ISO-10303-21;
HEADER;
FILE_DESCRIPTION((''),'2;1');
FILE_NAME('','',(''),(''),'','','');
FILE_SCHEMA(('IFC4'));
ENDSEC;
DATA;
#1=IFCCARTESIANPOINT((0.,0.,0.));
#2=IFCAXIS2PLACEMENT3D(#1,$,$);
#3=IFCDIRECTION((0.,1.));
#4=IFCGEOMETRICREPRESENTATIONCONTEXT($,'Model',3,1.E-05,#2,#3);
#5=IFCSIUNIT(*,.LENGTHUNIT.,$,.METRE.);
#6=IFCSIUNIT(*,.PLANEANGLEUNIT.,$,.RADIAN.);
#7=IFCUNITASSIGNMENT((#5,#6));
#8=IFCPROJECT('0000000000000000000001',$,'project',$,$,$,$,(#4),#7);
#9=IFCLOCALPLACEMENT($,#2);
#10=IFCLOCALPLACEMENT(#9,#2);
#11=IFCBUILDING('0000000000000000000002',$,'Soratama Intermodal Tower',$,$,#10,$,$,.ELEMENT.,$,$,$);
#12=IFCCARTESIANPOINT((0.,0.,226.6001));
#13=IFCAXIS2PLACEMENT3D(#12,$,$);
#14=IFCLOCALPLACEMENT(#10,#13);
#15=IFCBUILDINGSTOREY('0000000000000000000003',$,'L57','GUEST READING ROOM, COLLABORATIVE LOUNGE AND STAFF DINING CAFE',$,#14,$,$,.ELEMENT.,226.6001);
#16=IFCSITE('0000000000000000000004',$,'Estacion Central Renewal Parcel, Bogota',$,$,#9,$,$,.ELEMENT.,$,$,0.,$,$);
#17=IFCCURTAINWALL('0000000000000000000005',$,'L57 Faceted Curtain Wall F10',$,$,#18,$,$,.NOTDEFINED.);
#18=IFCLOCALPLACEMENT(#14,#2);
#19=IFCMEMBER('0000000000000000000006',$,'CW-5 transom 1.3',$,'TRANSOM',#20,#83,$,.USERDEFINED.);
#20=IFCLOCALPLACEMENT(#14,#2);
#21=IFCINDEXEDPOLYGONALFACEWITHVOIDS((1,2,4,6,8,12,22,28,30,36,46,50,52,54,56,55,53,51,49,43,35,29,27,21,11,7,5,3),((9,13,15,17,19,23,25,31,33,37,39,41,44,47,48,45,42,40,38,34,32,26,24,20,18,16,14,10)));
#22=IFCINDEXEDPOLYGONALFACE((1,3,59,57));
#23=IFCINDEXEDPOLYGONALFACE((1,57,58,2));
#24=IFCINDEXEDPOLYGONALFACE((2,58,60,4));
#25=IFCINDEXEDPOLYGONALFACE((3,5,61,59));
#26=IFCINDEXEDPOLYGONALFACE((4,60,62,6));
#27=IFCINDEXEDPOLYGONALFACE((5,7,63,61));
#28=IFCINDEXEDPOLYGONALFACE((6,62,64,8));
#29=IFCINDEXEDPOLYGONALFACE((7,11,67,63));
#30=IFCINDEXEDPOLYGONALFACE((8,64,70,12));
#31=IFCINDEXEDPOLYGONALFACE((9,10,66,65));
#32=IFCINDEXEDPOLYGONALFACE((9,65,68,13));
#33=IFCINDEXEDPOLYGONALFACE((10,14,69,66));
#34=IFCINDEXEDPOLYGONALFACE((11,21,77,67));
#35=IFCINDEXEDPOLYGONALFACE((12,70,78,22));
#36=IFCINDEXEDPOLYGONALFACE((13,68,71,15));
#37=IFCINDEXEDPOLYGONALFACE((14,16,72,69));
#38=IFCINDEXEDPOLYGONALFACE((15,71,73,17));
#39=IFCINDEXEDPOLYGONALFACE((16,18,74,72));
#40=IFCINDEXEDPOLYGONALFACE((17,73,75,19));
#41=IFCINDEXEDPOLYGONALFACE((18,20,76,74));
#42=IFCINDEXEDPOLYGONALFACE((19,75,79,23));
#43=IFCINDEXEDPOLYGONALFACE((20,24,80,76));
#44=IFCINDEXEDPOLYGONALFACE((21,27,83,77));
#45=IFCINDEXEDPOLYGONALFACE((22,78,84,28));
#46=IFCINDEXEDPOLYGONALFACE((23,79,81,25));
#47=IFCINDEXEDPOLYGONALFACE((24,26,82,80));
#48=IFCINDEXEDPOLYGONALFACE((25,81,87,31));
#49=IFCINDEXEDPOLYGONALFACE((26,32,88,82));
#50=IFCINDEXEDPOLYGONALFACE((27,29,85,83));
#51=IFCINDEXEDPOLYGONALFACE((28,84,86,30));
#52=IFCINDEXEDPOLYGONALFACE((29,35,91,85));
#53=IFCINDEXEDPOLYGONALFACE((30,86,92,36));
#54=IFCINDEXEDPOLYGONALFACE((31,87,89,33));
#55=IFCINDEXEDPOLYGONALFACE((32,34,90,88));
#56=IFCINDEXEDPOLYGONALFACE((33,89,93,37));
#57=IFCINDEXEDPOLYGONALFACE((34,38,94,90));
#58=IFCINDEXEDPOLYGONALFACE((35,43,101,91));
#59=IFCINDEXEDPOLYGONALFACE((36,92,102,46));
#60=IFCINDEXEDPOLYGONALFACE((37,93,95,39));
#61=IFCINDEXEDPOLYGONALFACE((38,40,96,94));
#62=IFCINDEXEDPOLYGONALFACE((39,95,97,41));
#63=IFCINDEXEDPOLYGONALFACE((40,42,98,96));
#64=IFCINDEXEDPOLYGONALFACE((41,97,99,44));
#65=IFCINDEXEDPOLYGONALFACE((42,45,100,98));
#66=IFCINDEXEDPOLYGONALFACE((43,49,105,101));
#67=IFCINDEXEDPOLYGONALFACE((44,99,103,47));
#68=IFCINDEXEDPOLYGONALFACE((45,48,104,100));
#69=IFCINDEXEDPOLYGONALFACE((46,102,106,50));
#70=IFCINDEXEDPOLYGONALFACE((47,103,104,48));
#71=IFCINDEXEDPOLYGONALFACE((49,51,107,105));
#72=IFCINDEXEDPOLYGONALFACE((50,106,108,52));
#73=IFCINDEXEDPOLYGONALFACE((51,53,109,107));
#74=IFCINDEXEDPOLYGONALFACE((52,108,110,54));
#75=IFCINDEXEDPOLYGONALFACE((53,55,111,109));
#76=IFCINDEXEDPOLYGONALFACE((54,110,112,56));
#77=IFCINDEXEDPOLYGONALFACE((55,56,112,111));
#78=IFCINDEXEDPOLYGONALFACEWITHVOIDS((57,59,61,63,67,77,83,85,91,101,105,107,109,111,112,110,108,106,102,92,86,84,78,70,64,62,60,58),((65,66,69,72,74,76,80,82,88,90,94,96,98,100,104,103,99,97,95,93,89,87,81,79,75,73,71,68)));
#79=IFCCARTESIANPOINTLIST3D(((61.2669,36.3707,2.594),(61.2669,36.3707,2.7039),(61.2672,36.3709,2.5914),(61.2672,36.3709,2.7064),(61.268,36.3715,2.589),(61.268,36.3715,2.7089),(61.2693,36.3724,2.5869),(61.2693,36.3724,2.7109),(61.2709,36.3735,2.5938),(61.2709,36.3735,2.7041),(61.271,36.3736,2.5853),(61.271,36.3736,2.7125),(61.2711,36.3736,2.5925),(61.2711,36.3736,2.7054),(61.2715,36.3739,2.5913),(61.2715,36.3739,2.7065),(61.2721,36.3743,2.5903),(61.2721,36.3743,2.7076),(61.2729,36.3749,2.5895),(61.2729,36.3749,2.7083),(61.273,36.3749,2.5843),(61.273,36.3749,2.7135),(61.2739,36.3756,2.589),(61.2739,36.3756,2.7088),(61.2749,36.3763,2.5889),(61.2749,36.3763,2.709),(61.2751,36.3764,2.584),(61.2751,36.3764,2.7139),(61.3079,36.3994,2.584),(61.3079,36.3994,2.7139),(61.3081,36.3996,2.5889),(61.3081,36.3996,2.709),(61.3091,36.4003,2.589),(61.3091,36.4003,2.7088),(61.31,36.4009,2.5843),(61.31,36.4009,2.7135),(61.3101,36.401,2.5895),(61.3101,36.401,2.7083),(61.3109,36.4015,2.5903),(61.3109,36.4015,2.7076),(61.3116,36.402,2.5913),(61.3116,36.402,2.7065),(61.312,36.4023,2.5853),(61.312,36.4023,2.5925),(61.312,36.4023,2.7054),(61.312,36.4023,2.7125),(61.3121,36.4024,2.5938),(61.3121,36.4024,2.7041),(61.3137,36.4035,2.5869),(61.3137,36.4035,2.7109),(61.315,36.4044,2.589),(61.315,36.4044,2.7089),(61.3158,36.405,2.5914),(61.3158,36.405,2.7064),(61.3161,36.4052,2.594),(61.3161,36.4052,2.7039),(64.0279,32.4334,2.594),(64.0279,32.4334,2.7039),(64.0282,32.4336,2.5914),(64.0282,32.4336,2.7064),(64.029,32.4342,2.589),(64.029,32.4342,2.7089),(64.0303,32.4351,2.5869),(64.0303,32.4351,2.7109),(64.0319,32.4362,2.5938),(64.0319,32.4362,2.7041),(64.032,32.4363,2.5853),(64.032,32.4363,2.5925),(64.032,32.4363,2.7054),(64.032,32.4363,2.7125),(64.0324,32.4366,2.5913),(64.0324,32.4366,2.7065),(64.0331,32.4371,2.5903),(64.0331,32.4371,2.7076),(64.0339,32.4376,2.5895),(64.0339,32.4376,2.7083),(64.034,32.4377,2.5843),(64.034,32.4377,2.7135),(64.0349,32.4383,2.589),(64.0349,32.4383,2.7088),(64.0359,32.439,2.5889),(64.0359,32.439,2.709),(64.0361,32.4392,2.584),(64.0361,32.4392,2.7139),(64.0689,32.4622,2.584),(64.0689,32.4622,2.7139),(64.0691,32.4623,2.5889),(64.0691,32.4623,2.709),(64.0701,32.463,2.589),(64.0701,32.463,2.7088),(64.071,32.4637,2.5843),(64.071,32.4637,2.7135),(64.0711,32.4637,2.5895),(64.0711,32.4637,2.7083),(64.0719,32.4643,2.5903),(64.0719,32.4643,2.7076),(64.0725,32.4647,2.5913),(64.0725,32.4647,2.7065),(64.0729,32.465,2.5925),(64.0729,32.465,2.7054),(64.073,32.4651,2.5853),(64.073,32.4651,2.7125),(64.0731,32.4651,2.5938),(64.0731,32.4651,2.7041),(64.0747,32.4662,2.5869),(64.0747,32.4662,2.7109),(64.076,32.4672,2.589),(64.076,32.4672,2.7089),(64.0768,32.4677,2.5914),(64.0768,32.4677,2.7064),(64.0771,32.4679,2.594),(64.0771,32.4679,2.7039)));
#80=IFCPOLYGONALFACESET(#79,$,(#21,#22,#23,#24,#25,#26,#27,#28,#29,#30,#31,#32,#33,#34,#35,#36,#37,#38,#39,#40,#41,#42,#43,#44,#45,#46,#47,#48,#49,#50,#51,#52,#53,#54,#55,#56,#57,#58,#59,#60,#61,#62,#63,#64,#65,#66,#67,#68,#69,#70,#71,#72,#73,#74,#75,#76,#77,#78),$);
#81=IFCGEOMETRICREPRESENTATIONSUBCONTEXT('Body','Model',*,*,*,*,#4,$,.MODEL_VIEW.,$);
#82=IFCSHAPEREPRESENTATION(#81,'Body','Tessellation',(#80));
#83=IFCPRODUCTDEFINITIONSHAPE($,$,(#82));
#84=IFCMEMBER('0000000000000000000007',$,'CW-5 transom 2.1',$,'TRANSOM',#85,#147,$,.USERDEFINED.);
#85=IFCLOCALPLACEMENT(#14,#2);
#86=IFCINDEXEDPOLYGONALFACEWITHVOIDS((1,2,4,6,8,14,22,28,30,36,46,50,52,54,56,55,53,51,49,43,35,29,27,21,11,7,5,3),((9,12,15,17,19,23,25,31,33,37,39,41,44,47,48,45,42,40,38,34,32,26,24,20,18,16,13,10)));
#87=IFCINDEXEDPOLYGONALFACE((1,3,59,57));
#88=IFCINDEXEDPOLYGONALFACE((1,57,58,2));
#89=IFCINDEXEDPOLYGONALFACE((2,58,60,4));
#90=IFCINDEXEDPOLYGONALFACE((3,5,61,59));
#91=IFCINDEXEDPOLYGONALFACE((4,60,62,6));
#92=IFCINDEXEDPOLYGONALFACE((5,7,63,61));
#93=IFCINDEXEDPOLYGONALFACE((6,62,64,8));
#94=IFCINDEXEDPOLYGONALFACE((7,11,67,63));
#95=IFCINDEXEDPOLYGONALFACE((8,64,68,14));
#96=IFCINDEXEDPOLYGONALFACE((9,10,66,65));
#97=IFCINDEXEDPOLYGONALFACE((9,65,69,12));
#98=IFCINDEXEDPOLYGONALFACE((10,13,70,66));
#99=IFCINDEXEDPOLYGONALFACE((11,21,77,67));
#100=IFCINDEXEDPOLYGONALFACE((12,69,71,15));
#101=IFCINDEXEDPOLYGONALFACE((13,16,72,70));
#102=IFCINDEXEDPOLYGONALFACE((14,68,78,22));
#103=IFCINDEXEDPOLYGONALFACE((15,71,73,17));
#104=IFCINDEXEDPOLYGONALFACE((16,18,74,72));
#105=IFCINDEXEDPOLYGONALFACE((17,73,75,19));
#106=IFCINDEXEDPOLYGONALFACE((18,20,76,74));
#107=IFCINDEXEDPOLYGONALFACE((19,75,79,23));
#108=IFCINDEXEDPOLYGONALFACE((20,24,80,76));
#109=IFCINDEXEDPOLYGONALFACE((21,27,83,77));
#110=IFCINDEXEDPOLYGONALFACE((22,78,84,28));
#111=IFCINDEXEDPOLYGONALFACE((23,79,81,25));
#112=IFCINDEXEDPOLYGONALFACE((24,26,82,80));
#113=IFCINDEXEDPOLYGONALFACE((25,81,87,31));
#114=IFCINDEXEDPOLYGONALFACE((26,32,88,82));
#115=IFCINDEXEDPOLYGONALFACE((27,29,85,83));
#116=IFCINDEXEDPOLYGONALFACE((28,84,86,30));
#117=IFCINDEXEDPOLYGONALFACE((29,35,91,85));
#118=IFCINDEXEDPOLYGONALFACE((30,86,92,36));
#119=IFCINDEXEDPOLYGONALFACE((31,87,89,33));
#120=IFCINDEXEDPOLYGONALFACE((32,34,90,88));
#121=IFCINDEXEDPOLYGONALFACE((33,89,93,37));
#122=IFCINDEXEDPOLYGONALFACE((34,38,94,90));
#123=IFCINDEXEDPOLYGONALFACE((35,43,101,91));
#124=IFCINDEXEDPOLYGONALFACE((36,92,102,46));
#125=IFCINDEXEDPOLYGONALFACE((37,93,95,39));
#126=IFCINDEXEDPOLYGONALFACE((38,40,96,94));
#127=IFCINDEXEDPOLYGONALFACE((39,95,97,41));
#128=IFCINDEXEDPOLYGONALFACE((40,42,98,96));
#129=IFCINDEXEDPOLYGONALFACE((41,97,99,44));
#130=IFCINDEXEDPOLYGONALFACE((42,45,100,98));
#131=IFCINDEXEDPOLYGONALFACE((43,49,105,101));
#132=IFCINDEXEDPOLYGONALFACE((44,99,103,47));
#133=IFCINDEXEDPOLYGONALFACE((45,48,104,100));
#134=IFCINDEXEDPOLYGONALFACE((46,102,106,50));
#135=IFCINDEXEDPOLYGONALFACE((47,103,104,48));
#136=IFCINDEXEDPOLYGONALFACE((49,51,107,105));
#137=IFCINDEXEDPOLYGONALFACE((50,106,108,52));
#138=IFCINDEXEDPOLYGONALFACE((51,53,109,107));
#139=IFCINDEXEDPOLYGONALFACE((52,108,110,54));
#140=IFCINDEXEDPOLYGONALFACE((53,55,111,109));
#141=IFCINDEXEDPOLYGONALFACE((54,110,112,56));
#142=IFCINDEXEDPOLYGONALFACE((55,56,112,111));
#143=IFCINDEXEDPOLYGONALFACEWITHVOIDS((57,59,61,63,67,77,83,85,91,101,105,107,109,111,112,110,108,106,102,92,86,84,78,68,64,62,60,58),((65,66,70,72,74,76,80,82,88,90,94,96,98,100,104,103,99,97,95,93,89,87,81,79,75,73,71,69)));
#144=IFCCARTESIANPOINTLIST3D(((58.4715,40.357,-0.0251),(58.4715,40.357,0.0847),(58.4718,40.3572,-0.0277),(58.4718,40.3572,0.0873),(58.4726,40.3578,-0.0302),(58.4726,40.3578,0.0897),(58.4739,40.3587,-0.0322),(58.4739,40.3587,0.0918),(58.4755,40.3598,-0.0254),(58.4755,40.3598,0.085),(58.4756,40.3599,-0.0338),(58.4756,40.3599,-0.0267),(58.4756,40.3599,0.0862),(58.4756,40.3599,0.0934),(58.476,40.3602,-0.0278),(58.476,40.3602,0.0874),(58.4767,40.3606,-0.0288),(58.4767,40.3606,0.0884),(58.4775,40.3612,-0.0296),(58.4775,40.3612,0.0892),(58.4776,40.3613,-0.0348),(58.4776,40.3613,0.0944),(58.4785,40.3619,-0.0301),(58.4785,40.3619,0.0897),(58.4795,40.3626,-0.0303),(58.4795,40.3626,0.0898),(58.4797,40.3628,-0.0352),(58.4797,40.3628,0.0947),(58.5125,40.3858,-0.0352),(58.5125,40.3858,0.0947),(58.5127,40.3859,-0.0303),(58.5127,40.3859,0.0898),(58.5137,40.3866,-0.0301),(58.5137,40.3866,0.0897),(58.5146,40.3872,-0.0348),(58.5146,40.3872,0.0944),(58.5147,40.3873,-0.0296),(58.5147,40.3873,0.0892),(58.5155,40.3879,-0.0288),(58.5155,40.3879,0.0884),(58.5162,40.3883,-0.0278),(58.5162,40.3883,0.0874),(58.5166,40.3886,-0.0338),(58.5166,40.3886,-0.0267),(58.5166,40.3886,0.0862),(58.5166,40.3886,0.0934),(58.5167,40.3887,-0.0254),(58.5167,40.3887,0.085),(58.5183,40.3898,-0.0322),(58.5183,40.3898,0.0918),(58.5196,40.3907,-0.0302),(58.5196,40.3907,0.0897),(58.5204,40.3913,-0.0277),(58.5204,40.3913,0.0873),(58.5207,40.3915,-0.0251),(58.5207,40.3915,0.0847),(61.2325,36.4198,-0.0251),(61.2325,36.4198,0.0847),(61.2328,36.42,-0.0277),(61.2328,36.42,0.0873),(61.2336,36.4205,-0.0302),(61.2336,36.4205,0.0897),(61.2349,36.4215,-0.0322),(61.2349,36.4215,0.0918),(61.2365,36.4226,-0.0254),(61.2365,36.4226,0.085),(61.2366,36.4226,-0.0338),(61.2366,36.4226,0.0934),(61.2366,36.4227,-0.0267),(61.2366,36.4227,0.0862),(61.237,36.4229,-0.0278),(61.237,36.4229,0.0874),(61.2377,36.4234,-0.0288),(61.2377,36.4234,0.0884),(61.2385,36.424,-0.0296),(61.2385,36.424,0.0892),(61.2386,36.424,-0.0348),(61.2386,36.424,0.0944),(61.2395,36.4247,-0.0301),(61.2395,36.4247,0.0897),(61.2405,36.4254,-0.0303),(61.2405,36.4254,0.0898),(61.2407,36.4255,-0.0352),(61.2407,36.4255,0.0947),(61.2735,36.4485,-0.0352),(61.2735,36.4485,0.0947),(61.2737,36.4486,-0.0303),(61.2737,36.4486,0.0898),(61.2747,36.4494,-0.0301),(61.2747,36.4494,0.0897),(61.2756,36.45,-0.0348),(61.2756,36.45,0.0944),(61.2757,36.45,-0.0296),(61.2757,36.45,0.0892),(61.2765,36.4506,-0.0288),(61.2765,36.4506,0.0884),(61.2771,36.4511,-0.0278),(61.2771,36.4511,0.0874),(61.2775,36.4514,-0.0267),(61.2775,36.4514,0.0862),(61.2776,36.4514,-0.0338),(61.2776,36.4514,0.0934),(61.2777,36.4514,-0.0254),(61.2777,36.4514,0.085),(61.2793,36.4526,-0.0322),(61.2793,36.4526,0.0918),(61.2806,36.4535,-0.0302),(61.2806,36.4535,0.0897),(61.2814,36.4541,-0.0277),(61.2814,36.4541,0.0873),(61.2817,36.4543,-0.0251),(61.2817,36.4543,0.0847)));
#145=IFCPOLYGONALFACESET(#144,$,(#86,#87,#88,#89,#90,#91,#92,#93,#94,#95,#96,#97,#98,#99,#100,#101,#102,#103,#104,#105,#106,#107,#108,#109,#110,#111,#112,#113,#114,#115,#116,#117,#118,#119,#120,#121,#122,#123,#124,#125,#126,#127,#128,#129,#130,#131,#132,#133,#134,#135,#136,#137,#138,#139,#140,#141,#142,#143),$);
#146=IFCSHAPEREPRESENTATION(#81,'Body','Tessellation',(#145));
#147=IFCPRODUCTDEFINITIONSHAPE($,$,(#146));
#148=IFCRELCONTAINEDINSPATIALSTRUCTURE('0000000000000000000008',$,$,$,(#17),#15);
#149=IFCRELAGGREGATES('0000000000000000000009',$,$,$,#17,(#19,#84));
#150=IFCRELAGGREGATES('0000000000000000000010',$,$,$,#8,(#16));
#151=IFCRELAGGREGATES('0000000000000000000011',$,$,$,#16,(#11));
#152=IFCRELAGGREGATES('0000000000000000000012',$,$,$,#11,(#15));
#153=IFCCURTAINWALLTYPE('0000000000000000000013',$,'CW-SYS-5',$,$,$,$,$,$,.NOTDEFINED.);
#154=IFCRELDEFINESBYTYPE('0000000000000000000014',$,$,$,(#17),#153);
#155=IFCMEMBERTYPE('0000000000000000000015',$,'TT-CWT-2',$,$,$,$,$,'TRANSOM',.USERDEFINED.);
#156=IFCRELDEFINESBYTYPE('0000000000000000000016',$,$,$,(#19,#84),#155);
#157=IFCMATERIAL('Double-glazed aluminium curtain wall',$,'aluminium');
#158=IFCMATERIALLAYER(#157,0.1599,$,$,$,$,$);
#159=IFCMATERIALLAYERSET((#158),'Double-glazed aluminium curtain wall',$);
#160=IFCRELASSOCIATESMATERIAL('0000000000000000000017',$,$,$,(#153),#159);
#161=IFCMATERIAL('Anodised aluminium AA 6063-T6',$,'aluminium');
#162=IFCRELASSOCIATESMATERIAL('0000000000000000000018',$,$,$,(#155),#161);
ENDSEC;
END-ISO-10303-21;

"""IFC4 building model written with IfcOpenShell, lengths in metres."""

from ifc_helpers import new_model, si_unit, direction, frame, origin, origin_2d, place, context, subcontext, project, spatial, hollow_rectangle, extrude, material, layer, layer_set, material_profile, profile_set, type_object, element, aggregate, save


model = new_model("IFC4")

# Units and contexts
model_context = context("Model", 3, precision=1e-05, world=origin(), true_north=direction((0.0, 1.0)))
body_context = subcontext(model_context, "Body", "Model", "MODEL_VIEW")
ifc_project = project(units=[si_unit("LENGTHUNIT", "METRE"), si_unit("PLANEANGLEUNIT", "RADIAN")], contexts=[model_context])

# Site, building, storey
site_placement = place(None, origin())
site = spatial("IfcSite", under=ifc_project, at=site_placement, Name="Estacion Central Renewal Parcel, Bogota", CompositionType="ELEMENT", RefElevation=0.0)
building_placement = place(site_placement, origin())
building = spatial("IfcBuilding", under=site, at=building_placement, Name="Soratama Intermodal Tower", CompositionType="ELEMENT")
storey_placement = place(building_placement, frame((0.0, 0.0, 226.6001)))
storey = spatial("IfcBuildingStorey", under=building, at=storey_placement, Name="L57", Description="GUEST READING ROOM, COLLABORATIVE LOUNGE AND STAFF DINING CAFE", CompositionType="ELEMENT", Elevation=226.6001)

# Curtain wall, members
ifc_material_1 = material(Name="Double-glazed aluminium curtain wall", Category="aluminium")
ifc_layer_1 = layer(ifc_material_1, 0.1599)
ifc_layer_set_1 = layer_set([ifc_layer_1], Name="Double-glazed aluminium curtain wall")
curtain_wall_type = type_object("IfcCurtainWallType", Name="CW-SYS-5", PredefinedType="NOTDEFINED", material=ifc_layer_set_1)
curtain_wall_placement = place(storey_placement, origin())
curtain_wall = element("IfcCurtainWall", 1, at=curtain_wall_placement, inside=storey, type_object=curtain_wall_type, Name="L57 Faceted Curtain Wall F10", PredefinedType="NOTDEFINED")
ifc_material_2 = material(Name="Anodised aluminium AA 6063-T6", Category="aluminium")
ifc_material_profile_1 = material_profile(ifc_material_2, hollow_rectangle(XDim=0.0601, YDim=0.1299, WallThickness=0.0049, InnerFilletRadius=0.0049, OuterFilletRadius=0.01, at=origin_2d()), Name="CWT130X60X5")
ifc_profile_set_1 = profile_set([ifc_material_profile_1], Name="Anodised aluminium AA 6063-T6")
member_type_1 = type_object("IfcMemberType", Name="TT-CWT-2", ElementType="TRANSOM", PredefinedType="USERDEFINED", material=ifc_profile_set_1)
member_1_placement = place(storey_placement, frame((64.0525, 32.4507, 2.6489), z_axis=(-0.574147, 0.818752, 0.0), x_axis=(-0.818752, -0.574147, 0.0)))
member_1 = element("IfcMember", 2, at=member_1_placement, type_object=member_type_1, Name="CW-5 transom 1.3", ObjectType="TRANSOM", PredefinedType="USERDEFINED", context=body_context, shape_type="SweptSolid", body=[
    extrude(hollow_rectangle(XDim=0.0601, YDim=0.1299, WallThickness=0.0049, InnerFilletRadius=0.0049, OuterFilletRadius=0.01, at=origin_2d()), origin(), (0.0, 0.0, 1.0), 4.8088),
])
member_2_placement = place(storey_placement, frame((61.2571, 36.437, 0.0298), z_axis=(-0.574147, 0.818752, 0.0), x_axis=(-0.818752, -0.574147, 0.0)))
member_2 = element("IfcMember", 3, at=member_2_placement, type_object=member_type_1, Name="CW-5 transom 2.1", ObjectType="TRANSOM", PredefinedType="USERDEFINED", context=body_context, shape_type="SweptSolid", body=[
    extrude(hollow_rectangle(XDim=0.0601, YDim=0.1299, WallThickness=0.0049, InnerFilletRadius=0.0049, OuterFilletRadius=0.01, at=origin_2d()), origin(), (0.0, 0.0, 1.0), 4.8088),
])
aggregate(curtain_wall, [member_1, member_2])

save(model, "model.ifc")
